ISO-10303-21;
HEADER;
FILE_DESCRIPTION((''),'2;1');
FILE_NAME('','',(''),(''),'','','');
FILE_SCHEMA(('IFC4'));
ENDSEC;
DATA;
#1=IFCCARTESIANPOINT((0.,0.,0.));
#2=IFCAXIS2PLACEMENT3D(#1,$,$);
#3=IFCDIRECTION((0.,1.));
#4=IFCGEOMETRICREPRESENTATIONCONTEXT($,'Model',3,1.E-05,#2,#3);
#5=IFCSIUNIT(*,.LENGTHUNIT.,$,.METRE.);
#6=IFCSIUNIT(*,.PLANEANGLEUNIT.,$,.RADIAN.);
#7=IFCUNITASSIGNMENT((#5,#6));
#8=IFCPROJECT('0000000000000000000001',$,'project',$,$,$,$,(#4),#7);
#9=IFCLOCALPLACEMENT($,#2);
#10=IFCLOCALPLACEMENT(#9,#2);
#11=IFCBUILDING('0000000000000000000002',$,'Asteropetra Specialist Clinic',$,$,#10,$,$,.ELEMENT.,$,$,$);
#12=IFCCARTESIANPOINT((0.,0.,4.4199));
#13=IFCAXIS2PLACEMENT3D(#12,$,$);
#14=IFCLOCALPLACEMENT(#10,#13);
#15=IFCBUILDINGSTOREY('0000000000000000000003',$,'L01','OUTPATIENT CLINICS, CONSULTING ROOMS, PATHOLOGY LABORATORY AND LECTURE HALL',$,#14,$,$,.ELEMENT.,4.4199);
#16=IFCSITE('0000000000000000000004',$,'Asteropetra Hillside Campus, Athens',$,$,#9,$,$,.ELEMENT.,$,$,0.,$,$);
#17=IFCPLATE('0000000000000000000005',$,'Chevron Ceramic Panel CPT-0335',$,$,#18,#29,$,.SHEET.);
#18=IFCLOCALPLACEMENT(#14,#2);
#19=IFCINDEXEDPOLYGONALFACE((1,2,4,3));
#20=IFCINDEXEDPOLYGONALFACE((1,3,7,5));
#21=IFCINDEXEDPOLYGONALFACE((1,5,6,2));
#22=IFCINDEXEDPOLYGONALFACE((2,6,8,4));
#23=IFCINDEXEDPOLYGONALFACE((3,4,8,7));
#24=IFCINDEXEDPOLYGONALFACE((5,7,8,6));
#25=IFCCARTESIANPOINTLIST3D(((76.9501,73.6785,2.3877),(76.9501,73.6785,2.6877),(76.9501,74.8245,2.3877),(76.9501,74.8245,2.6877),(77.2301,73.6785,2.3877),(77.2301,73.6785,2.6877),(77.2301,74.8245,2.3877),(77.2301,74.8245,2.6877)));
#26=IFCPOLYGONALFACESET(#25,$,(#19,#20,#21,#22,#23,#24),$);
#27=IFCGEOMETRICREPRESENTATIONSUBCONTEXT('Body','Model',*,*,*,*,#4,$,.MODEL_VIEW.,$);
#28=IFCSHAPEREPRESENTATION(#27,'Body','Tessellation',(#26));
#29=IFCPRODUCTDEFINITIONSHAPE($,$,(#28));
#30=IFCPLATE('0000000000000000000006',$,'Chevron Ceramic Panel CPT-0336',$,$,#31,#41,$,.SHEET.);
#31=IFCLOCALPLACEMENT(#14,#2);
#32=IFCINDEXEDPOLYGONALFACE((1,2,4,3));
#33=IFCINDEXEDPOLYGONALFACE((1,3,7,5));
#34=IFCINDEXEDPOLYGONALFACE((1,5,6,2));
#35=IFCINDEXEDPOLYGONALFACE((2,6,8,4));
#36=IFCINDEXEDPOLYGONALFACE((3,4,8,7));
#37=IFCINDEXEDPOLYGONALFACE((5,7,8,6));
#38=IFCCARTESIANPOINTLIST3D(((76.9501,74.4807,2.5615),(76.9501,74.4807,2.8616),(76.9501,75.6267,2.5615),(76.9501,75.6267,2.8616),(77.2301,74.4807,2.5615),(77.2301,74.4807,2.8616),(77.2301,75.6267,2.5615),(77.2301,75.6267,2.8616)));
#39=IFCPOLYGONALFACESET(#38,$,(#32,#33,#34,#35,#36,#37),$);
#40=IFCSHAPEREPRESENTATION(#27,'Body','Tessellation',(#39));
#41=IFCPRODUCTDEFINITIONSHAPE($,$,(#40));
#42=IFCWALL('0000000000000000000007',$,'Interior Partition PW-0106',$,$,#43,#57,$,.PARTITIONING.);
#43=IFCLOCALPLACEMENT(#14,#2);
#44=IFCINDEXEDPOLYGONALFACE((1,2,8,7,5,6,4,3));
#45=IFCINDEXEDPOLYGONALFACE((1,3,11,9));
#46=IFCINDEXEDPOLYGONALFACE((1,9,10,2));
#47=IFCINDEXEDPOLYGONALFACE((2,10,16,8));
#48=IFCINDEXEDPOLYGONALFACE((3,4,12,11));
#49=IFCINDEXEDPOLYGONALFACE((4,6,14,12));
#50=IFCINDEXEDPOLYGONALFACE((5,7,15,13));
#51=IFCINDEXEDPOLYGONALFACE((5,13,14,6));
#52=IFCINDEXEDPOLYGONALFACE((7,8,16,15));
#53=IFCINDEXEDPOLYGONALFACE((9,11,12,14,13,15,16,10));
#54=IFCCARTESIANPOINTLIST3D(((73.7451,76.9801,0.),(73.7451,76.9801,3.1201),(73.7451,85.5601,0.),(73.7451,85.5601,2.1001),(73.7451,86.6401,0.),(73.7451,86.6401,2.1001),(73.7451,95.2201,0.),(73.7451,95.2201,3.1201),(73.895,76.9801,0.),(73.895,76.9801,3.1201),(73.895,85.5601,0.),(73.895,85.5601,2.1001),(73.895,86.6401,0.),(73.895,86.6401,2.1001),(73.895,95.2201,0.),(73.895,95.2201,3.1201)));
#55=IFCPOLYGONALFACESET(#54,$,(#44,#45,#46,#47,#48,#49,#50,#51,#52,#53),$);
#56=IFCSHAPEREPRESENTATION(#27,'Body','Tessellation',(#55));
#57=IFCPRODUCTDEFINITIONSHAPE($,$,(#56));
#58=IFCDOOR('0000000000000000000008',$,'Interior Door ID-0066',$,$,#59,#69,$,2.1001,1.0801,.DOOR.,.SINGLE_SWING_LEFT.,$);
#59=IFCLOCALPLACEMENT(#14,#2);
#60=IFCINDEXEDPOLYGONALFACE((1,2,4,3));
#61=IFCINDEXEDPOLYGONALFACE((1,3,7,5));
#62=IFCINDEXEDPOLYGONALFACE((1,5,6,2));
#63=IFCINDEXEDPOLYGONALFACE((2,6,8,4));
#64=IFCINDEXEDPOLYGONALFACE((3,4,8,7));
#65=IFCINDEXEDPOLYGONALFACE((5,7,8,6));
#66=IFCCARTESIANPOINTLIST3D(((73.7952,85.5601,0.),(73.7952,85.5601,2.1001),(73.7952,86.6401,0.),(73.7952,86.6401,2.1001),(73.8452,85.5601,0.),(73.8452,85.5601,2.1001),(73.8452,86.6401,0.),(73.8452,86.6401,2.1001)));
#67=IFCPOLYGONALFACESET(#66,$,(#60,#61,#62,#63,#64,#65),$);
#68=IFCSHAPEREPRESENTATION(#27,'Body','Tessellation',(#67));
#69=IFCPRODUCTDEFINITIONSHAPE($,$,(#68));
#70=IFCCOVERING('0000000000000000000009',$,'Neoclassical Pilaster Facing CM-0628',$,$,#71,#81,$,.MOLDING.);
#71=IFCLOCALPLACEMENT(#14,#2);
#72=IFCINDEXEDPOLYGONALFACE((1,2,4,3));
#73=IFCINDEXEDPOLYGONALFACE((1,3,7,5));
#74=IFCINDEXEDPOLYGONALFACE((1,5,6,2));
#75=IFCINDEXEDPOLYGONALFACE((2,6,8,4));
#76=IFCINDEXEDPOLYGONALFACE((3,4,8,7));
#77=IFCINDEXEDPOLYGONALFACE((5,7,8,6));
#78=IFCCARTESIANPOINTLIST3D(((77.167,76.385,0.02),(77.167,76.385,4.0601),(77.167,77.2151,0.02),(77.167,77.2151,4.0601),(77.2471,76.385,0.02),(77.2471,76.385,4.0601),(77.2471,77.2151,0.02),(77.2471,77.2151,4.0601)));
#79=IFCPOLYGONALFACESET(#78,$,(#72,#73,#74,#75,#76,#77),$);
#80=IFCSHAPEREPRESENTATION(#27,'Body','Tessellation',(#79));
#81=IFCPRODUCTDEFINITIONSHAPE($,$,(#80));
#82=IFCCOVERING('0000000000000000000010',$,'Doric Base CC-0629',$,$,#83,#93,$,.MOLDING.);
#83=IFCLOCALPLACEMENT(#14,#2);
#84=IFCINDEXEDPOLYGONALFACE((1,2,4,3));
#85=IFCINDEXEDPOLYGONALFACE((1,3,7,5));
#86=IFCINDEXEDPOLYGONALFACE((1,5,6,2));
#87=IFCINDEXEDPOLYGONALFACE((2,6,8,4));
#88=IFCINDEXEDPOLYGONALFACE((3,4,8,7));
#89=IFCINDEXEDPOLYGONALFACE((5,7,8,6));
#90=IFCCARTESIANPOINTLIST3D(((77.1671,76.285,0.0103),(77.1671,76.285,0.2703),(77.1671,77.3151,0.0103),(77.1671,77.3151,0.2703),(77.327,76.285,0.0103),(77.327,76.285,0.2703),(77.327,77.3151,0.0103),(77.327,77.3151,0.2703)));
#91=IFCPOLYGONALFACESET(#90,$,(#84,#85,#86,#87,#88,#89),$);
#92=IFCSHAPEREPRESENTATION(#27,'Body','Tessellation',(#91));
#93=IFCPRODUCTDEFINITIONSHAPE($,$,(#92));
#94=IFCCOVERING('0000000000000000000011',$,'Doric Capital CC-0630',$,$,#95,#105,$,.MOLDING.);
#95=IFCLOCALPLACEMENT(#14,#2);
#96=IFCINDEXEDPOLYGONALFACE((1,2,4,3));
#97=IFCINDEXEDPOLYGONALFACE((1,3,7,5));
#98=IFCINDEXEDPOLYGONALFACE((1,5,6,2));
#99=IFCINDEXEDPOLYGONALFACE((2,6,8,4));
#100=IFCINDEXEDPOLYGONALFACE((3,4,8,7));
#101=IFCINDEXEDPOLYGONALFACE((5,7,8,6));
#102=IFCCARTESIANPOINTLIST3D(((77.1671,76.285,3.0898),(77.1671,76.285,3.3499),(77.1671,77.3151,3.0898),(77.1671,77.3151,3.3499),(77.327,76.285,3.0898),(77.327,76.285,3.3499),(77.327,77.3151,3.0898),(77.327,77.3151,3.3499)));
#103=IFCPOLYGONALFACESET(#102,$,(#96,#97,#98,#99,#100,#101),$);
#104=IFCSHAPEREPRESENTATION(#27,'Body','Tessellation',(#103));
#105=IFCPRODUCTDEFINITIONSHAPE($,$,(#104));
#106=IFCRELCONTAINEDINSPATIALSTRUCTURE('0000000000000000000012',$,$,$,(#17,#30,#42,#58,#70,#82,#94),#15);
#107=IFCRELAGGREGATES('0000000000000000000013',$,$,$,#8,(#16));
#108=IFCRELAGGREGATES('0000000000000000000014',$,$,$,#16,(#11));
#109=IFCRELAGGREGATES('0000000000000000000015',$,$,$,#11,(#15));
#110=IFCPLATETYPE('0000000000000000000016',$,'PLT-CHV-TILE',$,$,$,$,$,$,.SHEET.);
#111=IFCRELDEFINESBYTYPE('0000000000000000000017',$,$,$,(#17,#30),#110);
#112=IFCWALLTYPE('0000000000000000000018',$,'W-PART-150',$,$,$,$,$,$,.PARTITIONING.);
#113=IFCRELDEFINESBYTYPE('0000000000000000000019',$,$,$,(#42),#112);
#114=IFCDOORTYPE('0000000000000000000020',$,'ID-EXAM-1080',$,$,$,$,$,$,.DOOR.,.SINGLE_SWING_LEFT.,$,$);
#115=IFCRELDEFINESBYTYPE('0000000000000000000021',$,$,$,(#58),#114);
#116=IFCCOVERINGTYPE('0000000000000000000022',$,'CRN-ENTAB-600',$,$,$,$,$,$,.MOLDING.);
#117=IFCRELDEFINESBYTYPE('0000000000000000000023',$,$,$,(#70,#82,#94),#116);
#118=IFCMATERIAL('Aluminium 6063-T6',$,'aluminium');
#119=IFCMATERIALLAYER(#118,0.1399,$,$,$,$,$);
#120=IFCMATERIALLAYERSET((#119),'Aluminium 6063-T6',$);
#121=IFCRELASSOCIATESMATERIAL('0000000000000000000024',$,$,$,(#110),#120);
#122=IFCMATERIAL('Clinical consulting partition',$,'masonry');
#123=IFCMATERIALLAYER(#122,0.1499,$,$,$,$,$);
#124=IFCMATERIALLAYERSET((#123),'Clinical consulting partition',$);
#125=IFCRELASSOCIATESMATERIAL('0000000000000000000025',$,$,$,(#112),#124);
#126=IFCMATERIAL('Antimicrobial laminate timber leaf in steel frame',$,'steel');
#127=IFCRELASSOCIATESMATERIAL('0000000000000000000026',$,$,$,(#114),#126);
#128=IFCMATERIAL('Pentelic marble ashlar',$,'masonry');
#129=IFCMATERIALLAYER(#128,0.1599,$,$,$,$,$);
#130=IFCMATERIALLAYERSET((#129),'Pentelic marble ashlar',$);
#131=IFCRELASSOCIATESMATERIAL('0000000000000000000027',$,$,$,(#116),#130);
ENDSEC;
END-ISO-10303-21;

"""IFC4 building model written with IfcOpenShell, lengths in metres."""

from ifc_helpers import new_model, si_unit, direction, frame, frame_2d, origin, origin_2d, place, context, subcontext, project, spatial, rectangle, extrude, material, layer, layer_set, type_object, element, fill, save


model = new_model("IFC4")

# Units and contexts
model_context = context("Model", 3, precision=1e-05, world=origin(), true_north=direction((0.0, 1.0)))
body_context = subcontext(model_context, "Body", "Model", "MODEL_VIEW")
ifc_project = project(units=[si_unit("LENGTHUNIT", "METRE"), si_unit("PLANEANGLEUNIT", "RADIAN")], contexts=[model_context])

# Site, building, storey
site_placement = place(None, origin())
site = spatial("IfcSite", under=ifc_project, at=site_placement, Name="Asteropetra Hillside Campus, Athens", CompositionType="ELEMENT", RefElevation=0.0)
building_placement = place(site_placement, origin())
building = spatial("IfcBuilding", under=site, at=building_placement, Name="Asteropetra Specialist Clinic", CompositionType="ELEMENT")
storey_placement = place(building_placement, frame((0.0, 0.0, 4.4199)))
storey = spatial("IfcBuildingStorey", under=building, at=storey_placement, Name="L01", Description="OUTPATIENT CLINICS, CONSULTING ROOMS, PATHOLOGY LABORATORY AND LECTURE HALL", CompositionType="ELEMENT", Elevation=4.4199)

# Plates
ifc_material_1 = material(Name="Aluminium 6063-T6", Category="aluminium")
ifc_layer_1 = layer(ifc_material_1, 0.1399)
ifc_layer_set_1 = layer_set([ifc_layer_1], Name="Aluminium 6063-T6")
plate_type_1 = type_object("IfcPlateType", Name="PLT-CHV-TILE", PredefinedType="SHEET", material=ifc_layer_set_1)
for number, where, z_axis, x_axis, name in (
    (1, (77.0901, 74.2515, 2.3877), (0.0, 0.0, 1.0), (1.0, 0.0, 0.0), "Chevron Ceramic Panel CPT-0335"),
    (2, (77.0901, 75.0537, 2.5615), (0.0, 0.0, 1.0), (1.0, 0.0, 0.0), "Chevron Ceramic Panel CPT-0336"),
):
    element("IfcPlate", number, at=place(storey_placement, frame(where, z_axis=z_axis, x_axis=x_axis)), inside=storey, type_object=plate_type_1, Name=name, PredefinedType="SHEET", context=body_context, shape_type="SweptSolid", body=[
        extrude(rectangle(XDim=0.28, YDim=1.146, at=origin_2d()), origin(), (0.0, 0.0, 1.0), 0.3),
    ])

# Wall, opening, door
ifc_material_2 = material(Name="Clinical consulting partition", Category="masonry")
ifc_layer_2 = layer(ifc_material_2, 0.1499)
ifc_layer_set_2 = layer_set([ifc_layer_2], Name="Clinical consulting partition")
wall_type = type_object("IfcWallType", Name="W-PART-150", PredefinedType="PARTITIONING", material=ifc_layer_set_2)
wall_placement = place(storey_placement, frame((73.8201, 76.98, 0.0), z_axis=(0.0, 0.0, 1.0), x_axis=(0.0, 1.0, 0.0)))
wall = element("IfcWall", 3, at=wall_placement, inside=storey, type_object=wall_type, Name="Interior Partition PW-0106", PredefinedType="PARTITIONING", context=body_context, shape_type="SweptSolid", body=[
    extrude(rectangle(XDim=18.24, YDim=0.1499, at=frame_2d((9.1201, 0.0))), origin(), (0.0, 0.0, 1.0), 3.1201),
])
opening_placement = place(wall_placement, frame((8.5801, 0.0, 0.0)))
opening = element("IfcOpeningElement", 4, at=opening_placement, cuts=wall, PredefinedType="OPENING", context=body_context, shape_type="SweptSolid", body=[
    extrude(rectangle(XDim=1.0801, YDim=2.1001, at=frame_2d((0.54, 1.05))), frame((0.0, 0.085, 0.0), z_axis=(0.0, -1.0, 0.0), x_axis=(1.0, 0.0, 0.0)), (0.0, 0.0, 1.0), 0.1699),
])
ifc_material_3 = material(Name="Antimicrobial laminate timber leaf in steel frame", Category="steel")
door_type = type_object("IfcDoorType", Name="ID-EXAM-1080", OperationType="SINGLE_SWING_LEFT", PredefinedType="DOOR", material=ifc_material_3)
door_placement = place(opening_placement, origin())
door = element("IfcDoor", 5, at=door_placement, inside=storey, type_object=door_type, Name="Interior Door ID-0066", OperationType="SINGLE_SWING_LEFT", OverallHeight=2.1001, OverallWidth=1.0801, PredefinedType="DOOR", context=body_context, shape_type="SweptSolid", body=[
    extrude(rectangle(XDim=1.0801, YDim=2.1001, at=frame_2d((0.54, 1.05))), frame((0.0, 0.0249, 0.0), z_axis=(0.0, -1.0, 0.0), x_axis=(1.0, 0.0, 0.0)), (0.0, 0.0, 1.0), 0.05),
])
fill(opening, door)

# Coverings
ifc_material_4 = material(Name="Pentelic marble ashlar", Category="masonry")
ifc_layer_3 = layer(ifc_material_4, 0.1599)
ifc_layer_set_3 = layer_set([ifc_layer_3], Name="Pentelic marble ashlar")
covering_type = type_object("IfcCoveringType", Name="CRN-ENTAB-600", PredefinedType="MOLDING", material=ifc_layer_set_3)
covering_placement = place(storey_placement, frame((77.207, 76.8, 0.02), z_axis=(0.0, 0.0, 1.0), x_axis=(1.0, 0.0, 0.0)))
element("IfcCovering", 6, at=covering_placement, inside=storey, type_object=covering_type, Name="Neoclassical Pilaster Facing CM-0628", PredefinedType="MOLDING", context=body_context, shape_type="SweptSolid", body=[
    extrude(rectangle(XDim=0.0801, YDim=0.8301, at=origin_2d()), origin(), (0.0, 0.0, 1.0), 4.04),
])
for number, where, z_axis, x_axis, name in (
    (7, (77.2471, 76.8, 0.0103), (0.0, 0.0, 1.0), (1.0, 0.0, 0.0), "Doric Base CC-0629"),
    (8, (77.2471, 76.8, 3.0898), (0.0, 0.0, 1.0), (1.0, 0.0, 0.0), "Doric Capital CC-0630"),
):
    element("IfcCovering", number, at=place(storey_placement, frame(where, z_axis=z_axis, x_axis=x_axis)), inside=storey, type_object=covering_type, Name=name, PredefinedType="MOLDING", context=body_context, shape_type="SweptSolid", body=[
        extrude(rectangle(XDim=0.1599, YDim=1.03, at=origin_2d()), origin(), (0.0, 0.0, 1.0), 0.26),
    ])

save(model, "model.ifc")
